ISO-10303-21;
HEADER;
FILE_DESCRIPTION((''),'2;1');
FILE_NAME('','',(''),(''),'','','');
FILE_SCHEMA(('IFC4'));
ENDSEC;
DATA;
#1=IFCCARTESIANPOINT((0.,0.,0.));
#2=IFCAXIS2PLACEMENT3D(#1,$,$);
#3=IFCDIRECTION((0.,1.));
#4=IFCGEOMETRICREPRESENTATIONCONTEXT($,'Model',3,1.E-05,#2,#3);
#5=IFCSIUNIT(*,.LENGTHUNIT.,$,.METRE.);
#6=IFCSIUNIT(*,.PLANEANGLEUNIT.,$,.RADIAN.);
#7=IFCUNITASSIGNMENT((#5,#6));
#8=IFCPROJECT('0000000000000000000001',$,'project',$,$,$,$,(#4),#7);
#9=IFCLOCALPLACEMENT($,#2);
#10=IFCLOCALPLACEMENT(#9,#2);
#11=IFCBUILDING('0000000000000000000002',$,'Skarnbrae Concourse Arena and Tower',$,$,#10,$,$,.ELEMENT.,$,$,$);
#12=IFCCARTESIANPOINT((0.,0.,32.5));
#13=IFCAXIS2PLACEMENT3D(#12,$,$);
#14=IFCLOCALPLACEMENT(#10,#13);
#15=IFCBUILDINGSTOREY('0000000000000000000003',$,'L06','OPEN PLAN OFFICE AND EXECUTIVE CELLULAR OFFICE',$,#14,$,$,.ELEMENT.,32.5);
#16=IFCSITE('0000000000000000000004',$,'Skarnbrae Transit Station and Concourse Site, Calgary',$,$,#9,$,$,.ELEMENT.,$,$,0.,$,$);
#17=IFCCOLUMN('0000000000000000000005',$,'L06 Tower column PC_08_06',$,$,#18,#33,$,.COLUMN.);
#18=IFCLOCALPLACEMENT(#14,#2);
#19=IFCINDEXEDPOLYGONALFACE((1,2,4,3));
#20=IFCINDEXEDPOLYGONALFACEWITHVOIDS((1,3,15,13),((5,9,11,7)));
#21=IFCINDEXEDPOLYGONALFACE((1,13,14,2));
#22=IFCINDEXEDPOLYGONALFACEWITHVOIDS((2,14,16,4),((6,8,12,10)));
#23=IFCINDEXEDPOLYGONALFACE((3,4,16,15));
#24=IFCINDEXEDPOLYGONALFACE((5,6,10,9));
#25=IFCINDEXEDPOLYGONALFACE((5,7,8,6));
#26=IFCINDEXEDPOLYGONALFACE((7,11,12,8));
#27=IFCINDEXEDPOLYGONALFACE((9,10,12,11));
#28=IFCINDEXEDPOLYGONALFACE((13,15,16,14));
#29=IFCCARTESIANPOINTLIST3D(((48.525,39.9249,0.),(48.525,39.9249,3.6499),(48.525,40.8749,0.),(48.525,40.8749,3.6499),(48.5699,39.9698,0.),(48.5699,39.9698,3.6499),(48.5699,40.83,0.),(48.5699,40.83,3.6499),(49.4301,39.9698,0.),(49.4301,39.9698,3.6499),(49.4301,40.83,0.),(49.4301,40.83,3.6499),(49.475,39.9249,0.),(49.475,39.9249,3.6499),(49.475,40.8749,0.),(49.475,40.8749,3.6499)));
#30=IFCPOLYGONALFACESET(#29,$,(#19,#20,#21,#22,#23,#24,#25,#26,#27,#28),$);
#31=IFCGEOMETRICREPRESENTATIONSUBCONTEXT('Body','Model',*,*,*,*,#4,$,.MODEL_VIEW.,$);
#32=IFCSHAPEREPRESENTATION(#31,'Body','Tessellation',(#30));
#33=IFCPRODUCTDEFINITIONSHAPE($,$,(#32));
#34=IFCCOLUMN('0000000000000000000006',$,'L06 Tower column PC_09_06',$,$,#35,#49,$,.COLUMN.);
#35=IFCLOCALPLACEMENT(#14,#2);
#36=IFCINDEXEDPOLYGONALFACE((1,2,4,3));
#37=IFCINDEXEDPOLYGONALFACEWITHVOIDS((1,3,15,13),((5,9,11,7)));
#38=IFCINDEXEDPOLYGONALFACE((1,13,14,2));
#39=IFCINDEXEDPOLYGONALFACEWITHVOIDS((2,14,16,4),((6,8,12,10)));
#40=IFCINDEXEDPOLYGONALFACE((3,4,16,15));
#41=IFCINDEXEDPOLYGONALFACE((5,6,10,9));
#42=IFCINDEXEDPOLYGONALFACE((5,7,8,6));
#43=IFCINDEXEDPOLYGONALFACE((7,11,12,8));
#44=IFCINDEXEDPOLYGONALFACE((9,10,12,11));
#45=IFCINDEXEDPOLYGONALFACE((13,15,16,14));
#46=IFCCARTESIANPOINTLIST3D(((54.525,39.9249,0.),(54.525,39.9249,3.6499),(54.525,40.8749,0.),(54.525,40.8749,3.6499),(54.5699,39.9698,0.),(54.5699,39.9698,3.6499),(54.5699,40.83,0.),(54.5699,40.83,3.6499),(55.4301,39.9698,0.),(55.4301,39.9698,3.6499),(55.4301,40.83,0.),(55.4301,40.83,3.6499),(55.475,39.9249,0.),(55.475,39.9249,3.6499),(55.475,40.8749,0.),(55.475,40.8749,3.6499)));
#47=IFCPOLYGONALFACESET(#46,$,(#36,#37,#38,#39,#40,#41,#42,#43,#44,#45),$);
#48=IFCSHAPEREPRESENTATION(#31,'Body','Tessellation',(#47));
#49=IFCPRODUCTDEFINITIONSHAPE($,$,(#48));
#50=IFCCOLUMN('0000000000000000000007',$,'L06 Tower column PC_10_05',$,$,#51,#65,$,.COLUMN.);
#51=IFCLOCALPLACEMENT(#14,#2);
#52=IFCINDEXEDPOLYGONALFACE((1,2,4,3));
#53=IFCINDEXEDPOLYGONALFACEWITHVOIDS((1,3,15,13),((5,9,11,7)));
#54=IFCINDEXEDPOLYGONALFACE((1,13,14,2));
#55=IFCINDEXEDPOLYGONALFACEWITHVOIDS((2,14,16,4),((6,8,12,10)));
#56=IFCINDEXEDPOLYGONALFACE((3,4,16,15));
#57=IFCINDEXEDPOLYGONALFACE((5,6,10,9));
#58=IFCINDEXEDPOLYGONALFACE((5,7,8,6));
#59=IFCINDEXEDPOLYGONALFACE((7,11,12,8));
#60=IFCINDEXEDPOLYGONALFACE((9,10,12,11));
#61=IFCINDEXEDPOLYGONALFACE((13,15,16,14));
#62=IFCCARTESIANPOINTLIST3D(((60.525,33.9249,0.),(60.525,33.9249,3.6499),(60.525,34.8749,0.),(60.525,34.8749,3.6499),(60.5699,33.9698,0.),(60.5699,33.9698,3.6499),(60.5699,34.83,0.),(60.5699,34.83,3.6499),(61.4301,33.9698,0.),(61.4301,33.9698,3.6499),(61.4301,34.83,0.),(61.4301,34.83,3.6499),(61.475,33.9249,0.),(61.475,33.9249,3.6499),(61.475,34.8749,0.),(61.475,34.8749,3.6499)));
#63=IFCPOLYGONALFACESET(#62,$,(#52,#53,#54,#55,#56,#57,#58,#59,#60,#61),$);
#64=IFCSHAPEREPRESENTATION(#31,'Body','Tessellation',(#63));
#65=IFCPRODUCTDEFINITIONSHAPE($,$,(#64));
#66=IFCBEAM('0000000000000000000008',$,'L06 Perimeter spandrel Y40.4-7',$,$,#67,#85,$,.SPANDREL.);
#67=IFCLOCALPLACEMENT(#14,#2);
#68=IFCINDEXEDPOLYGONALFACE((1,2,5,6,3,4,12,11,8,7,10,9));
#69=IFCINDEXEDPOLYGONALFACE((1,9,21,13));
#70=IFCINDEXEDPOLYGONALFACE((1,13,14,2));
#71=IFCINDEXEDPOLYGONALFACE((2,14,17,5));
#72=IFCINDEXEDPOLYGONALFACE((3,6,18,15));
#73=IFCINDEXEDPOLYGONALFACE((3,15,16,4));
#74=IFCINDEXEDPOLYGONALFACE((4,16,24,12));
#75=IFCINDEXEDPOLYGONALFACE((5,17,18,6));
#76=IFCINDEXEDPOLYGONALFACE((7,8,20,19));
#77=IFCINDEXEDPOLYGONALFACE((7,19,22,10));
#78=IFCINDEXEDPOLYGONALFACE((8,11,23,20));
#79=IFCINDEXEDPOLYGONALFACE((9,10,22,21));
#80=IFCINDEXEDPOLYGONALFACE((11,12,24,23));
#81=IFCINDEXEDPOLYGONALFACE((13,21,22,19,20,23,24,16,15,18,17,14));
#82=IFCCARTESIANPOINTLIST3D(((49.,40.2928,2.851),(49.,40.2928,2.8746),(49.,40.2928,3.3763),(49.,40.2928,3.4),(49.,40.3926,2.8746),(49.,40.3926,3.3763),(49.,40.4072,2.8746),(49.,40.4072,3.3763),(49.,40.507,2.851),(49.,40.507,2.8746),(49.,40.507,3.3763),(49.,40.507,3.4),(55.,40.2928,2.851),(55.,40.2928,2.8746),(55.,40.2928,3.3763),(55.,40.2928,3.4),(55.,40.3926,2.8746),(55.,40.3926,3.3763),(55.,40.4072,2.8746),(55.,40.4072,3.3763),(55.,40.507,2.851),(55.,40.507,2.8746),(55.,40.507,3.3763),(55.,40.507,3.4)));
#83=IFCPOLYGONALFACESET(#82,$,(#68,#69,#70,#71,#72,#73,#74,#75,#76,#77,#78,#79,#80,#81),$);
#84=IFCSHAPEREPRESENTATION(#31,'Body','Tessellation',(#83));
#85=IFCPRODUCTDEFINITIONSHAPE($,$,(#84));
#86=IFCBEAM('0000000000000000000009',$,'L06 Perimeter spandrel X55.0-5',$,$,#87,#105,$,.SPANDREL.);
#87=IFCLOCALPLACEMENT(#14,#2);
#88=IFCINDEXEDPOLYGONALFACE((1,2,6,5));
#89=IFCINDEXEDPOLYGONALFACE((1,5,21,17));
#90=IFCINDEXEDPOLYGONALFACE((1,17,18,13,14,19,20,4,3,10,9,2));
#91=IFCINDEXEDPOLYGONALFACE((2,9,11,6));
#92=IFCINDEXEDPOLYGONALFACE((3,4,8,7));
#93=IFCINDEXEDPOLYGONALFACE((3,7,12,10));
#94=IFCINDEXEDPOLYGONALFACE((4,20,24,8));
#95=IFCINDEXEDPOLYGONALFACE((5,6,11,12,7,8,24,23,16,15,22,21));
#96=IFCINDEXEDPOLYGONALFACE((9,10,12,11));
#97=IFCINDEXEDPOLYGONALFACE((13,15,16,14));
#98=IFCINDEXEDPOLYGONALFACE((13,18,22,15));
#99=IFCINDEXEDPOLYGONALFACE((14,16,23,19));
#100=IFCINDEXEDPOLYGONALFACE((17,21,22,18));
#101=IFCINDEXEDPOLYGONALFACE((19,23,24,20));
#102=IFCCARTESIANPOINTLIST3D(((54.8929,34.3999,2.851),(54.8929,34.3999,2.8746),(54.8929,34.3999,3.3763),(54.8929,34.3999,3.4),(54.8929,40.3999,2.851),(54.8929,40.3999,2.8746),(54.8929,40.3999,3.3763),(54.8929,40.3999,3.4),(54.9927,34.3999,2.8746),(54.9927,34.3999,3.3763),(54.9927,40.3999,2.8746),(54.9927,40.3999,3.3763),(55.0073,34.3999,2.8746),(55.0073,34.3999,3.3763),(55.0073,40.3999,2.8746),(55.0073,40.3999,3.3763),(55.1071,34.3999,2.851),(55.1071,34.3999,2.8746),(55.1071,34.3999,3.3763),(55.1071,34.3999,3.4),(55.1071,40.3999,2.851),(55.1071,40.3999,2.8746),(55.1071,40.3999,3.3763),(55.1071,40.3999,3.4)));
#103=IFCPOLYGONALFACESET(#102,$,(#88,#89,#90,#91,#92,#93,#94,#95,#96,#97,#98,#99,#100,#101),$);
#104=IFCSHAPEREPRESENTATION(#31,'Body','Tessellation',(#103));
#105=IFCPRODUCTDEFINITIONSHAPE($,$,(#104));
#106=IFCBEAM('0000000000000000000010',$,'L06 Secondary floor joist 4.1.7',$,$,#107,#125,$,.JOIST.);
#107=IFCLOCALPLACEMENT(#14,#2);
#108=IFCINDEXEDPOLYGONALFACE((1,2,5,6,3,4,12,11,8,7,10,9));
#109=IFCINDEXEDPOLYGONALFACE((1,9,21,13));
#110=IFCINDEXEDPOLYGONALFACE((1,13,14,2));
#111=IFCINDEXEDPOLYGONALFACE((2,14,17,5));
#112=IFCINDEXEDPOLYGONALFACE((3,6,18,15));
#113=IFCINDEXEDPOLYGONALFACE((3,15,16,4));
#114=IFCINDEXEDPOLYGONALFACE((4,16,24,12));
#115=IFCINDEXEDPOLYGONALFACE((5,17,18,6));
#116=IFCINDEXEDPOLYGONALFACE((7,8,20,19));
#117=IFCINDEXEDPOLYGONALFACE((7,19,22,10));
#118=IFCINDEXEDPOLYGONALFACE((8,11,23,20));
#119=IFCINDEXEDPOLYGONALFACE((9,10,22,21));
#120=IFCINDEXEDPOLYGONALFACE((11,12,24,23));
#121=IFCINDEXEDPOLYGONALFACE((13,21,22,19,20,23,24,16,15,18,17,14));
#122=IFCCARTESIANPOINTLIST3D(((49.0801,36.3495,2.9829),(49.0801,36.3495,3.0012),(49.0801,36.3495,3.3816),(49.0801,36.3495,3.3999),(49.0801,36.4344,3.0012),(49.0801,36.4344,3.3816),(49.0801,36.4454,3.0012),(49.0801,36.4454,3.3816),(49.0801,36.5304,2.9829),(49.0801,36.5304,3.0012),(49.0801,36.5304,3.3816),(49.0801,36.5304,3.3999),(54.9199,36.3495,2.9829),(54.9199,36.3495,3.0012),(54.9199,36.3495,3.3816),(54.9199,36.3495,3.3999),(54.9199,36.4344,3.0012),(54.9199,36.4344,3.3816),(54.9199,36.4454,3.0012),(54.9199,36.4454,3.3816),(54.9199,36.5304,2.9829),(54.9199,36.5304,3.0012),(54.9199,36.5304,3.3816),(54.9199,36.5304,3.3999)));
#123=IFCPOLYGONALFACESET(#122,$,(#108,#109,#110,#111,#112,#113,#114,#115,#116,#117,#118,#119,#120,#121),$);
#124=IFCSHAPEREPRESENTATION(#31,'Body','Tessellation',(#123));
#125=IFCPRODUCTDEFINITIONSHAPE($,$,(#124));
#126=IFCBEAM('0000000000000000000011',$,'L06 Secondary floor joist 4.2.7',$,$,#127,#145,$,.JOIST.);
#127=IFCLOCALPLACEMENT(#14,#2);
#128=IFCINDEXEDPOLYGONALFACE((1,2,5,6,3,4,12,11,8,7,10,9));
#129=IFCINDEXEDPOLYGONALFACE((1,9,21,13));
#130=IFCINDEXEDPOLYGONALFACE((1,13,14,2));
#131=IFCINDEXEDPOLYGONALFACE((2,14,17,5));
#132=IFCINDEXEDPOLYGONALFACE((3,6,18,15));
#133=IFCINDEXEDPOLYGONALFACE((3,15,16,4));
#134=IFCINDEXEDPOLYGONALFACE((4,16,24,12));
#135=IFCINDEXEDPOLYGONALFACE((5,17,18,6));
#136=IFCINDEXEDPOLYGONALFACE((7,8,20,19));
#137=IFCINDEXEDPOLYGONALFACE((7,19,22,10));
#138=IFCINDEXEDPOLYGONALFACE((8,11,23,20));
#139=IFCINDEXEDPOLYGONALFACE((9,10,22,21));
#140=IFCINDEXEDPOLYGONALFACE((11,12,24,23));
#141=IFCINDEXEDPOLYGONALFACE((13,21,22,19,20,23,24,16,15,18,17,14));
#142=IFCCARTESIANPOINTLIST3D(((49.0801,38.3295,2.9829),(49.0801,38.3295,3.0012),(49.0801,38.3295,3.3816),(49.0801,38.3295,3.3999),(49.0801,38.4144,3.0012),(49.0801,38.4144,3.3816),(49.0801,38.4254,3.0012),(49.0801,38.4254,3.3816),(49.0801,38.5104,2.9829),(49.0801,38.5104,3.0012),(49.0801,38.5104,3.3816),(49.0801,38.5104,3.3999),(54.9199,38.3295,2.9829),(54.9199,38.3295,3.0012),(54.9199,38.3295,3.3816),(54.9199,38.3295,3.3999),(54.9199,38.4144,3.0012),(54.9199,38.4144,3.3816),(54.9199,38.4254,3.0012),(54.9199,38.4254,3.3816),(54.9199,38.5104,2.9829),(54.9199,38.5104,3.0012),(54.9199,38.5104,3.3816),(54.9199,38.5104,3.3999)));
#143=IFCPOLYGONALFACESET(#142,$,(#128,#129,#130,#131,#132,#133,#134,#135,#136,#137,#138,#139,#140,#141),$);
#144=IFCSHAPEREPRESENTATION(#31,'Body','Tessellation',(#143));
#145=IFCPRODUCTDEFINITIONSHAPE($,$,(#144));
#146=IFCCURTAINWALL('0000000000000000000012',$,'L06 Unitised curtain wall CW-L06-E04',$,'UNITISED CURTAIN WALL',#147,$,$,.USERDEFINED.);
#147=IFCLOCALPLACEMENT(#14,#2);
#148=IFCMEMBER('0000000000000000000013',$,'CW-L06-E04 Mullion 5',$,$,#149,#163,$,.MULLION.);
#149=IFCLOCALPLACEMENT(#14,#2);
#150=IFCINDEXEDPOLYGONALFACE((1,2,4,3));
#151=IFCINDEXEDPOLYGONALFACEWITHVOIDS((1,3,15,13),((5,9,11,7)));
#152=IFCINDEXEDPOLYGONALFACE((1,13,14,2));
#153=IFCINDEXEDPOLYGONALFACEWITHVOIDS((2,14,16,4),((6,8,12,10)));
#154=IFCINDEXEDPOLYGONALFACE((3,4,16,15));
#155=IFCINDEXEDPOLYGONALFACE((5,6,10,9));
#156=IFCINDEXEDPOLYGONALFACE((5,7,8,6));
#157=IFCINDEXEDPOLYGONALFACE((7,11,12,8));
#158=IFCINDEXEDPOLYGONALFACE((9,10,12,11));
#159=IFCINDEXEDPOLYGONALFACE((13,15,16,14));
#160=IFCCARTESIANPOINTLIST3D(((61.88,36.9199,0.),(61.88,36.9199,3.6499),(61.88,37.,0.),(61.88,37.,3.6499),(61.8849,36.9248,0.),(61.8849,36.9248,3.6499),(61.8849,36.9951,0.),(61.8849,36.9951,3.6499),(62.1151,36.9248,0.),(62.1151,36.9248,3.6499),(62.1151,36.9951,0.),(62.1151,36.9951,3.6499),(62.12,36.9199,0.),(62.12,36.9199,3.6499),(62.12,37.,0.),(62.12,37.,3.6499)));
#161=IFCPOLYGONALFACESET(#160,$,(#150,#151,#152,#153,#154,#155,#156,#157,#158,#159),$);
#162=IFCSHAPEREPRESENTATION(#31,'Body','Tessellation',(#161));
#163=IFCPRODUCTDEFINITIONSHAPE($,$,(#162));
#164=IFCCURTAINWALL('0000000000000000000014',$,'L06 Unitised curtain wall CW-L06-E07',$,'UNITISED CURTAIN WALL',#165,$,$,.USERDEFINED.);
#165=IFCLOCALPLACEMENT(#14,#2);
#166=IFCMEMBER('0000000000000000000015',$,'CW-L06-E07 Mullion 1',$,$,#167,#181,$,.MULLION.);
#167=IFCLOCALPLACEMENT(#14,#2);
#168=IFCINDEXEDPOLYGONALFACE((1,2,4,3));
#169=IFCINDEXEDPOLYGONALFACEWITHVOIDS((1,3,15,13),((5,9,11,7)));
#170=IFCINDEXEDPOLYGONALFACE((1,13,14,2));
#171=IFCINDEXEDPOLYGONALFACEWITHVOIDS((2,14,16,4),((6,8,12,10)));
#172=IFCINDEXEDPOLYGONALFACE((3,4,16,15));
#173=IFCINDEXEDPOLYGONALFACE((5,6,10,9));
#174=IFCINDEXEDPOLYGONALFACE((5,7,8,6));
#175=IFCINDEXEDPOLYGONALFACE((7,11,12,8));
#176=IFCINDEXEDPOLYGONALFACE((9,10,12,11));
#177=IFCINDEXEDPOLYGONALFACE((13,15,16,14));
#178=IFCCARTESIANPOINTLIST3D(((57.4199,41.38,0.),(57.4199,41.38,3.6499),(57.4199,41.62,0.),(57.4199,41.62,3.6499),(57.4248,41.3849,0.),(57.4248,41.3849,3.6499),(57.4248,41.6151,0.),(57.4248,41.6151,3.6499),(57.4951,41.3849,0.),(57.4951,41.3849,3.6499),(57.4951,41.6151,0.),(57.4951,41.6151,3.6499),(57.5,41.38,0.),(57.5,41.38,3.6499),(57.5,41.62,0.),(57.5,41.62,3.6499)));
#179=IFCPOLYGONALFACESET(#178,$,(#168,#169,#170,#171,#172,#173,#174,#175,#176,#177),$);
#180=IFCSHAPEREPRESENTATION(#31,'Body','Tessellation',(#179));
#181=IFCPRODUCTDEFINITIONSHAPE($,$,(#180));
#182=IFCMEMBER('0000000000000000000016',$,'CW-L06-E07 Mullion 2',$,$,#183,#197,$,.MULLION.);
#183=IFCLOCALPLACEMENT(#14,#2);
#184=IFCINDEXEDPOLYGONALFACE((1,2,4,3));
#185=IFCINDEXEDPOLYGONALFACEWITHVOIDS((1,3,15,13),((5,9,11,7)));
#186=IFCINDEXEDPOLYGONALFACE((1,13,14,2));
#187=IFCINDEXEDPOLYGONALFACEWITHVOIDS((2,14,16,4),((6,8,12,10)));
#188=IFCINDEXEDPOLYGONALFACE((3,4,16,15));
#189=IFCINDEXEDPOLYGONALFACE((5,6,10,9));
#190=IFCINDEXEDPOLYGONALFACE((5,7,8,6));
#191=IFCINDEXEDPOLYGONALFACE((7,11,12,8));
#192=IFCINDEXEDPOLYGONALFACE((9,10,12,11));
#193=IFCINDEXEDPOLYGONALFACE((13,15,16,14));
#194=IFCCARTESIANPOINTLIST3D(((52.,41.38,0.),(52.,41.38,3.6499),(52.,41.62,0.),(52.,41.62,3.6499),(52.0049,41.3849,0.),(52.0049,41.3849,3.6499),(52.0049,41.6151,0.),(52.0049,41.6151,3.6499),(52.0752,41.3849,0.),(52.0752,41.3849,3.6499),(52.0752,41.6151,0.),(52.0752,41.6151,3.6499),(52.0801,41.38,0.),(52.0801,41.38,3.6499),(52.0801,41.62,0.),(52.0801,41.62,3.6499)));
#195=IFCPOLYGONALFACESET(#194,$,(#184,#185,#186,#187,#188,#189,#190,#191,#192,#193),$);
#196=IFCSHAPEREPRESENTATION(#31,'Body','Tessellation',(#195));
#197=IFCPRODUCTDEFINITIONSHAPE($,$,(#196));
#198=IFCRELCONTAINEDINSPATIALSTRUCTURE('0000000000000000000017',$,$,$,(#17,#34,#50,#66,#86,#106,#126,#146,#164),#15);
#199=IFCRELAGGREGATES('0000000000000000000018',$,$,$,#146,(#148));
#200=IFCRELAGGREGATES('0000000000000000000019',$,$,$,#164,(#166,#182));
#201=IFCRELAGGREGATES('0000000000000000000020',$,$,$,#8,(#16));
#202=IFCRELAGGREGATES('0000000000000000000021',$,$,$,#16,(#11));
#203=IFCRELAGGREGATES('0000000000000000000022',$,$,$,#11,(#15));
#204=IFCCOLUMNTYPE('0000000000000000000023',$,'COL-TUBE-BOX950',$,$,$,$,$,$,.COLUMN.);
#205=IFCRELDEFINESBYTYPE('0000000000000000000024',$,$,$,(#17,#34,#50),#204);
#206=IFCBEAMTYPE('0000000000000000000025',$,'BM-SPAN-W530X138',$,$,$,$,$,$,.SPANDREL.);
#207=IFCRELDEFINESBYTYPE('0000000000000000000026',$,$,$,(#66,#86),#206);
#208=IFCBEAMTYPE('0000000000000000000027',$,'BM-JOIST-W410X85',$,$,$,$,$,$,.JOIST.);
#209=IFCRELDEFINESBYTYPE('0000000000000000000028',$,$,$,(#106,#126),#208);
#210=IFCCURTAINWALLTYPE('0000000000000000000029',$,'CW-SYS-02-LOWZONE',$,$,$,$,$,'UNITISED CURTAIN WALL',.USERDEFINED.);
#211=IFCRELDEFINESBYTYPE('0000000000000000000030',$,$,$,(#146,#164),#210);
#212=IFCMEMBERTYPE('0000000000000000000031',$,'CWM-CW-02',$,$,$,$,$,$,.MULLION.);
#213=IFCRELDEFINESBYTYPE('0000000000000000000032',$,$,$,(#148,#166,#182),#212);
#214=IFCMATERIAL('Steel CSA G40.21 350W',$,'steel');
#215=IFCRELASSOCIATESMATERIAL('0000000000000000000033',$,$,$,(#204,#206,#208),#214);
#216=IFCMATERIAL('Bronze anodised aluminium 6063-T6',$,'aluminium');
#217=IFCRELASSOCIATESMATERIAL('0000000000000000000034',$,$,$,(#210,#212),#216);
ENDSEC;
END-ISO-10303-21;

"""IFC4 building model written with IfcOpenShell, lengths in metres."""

from ifc_helpers import new_model, si_unit, direction, frame, origin, origin_2d, place, context, subcontext, project, spatial, hollow_rectangle, i_section, extrude, source, transform, mapped, material, material_profile, profile_set, type_object, element, aggregate, save


model = new_model("IFC4")

# Units and contexts
model_context = context("Model", 3, precision=1e-05, world=origin(), true_north=direction((0.0, 1.0)))
body_context = subcontext(model_context, "Body", "Model", "MODEL_VIEW")
ifc_project = project(units=[si_unit("LENGTHUNIT", "METRE"), si_unit("PLANEANGLEUNIT", "RADIAN")], contexts=[model_context])

# Site, building, storey
site_placement = place(None, origin())
site = spatial("IfcSite", under=ifc_project, at=site_placement, Name="Skarnbrae Transit Station and Concourse Site, Calgary", CompositionType="ELEMENT", RefElevation=0.0)
building_placement = place(site_placement, origin())
building = spatial("IfcBuilding", under=site, at=building_placement, Name="Skarnbrae Concourse Arena and Tower", CompositionType="ELEMENT")
storey_placement = place(building_placement, frame((0.0, 0.0, 32.5)))
storey = spatial("IfcBuildingStorey", under=building, at=storey_placement, Name="L06", Description="OPEN PLAN OFFICE AND EXECUTIVE CELLULAR OFFICE", CompositionType="ELEMENT", Elevation=32.5)

# Columns
ifc_material_1 = material(Name="Steel CSA G40.21 350W", Category="steel")
ifc_material_profile_1 = material_profile(ifc_material_1, hollow_rectangle(XDim=0.95, YDim=0.95, WallThickness=0.0449, at=origin_2d()), Name="BOX950X950X45")
ifc_profile_set_1 = profile_set([ifc_material_profile_1], Name="Steel CSA G40.21 350W")
column_type = type_object("IfcColumnType", Name="COL-TUBE-BOX950", PredefinedType="COLUMN", material=ifc_profile_set_1)
shared_shape_1 = source(origin(), body_context, "Body", "SweptSolid", [
    extrude(hollow_rectangle(XDim=0.95, YDim=0.95, WallThickness=0.0449, at=origin_2d()), origin(), (0.0, 0.0, 1.0), 3.6499),
])
for number, where, z_axis, x_axis, name in (
    (1, (49.0, 40.3999, 0.0), (0.0, 0.0, 1.0), (1.0, 0.0, 0.0), "L06 Tower column PC_08_06"),
    (2, (55.0, 40.3999, 0.0), (0.0, 0.0, 1.0), (1.0, 0.0, 0.0), "L06 Tower column PC_09_06"),
    (3, (61.0, 34.3999, 0.0), (0.0, 0.0, 1.0), (1.0, 0.0, 0.0), "L06 Tower column PC_10_05"),
):
    element("IfcColumn", number, at=place(storey_placement, frame(where, z_axis=z_axis, x_axis=x_axis)), inside=storey, type_object=column_type, Name=name, PredefinedType="COLUMN", context=body_context, shape_type="MappedRepresentation", body=[
        mapped(shared_shape_1, transform((0.0, 0.0, 0.0))),
    ])

# Beams
ifc_material_profile_2 = material_profile(ifc_material_1, i_section(OverallWidth=0.2141, OverallDepth=0.5491, WebThickness=0.0146, FlangeThickness=0.0237, at=origin_2d()), Name="W530X138")
ifc_profile_set_2 = profile_set([ifc_material_profile_2], Name="Steel CSA G40.21 350W")
beam_type_1 = type_object("IfcBeamType", Name="BM-SPAN-W530X138", PredefinedType="SPANDREL", material=ifc_profile_set_2)
shared_shape_2 = source(origin(), body_context, "Body", "SweptSolid", [
    extrude(i_section(OverallWidth=0.2141, OverallDepth=0.5491, WebThickness=0.0146, FlangeThickness=0.0237, at=origin_2d()), origin(), (0.0, 0.0, 1.0), 6.0),
])
for number, where, z_axis, x_axis, name in (
    (4, (49.0, 40.3999, 3.1255), (1.0, 0.0, 0.0), (0.0, 1.0, 0.0), "L06 Perimeter spandrel Y40.4-7"),
    (5, (55.0, 34.3999, 3.1255), (0.0, 1.0, 0.0), (-1.0, 0.0, 0.0), "L06 Perimeter spandrel X55.0-5"),
):
    element("IfcBeam", number, at=place(storey_placement, frame(where, z_axis=z_axis, x_axis=x_axis)), inside=storey, type_object=beam_type_1, Name=name, PredefinedType="SPANDREL", context=body_context, shape_type="MappedRepresentation", body=[
        mapped(shared_shape_2, transform((0.0, 0.0, 0.0))),
    ])
ifc_material_profile_3 = material_profile(ifc_material_1, i_section(OverallWidth=0.1809, OverallDepth=0.417, WebThickness=0.011, FlangeThickness=0.0183, at=origin_2d()), Name="W410X85")
ifc_profile_set_3 = profile_set([ifc_material_profile_3], Name="Steel CSA G40.21 350W")
beam_type_2 = type_object("IfcBeamType", Name="BM-JOIST-W410X85", PredefinedType="JOIST", material=ifc_profile_set_3)
shared_shape_3 = source(origin(), body_context, "Body", "SweptSolid", [
    extrude(i_section(OverallWidth=0.1809, OverallDepth=0.417, WebThickness=0.011, FlangeThickness=0.0183, at=origin_2d()), origin(), (0.0, 0.0, 1.0), 5.8398),
])
for number, where, z_axis, x_axis, name in (
    (6, (49.0801, 36.4399, 3.1914), (1.0, 0.0, 0.0), (0.0, 1.0, 0.0), "L06 Secondary floor joist 4.1.7"),
    (7, (49.0801, 38.4199, 3.1914), (1.0, 0.0, 0.0), (0.0, 1.0, 0.0), "L06 Secondary floor joist 4.2.7"),
):
    element("IfcBeam", number, at=place(storey_placement, frame(where, z_axis=z_axis, x_axis=x_axis)), inside=storey, type_object=beam_type_2, Name=name, PredefinedType="JOIST", context=body_context, shape_type="MappedRepresentation", body=[
        mapped(shared_shape_3, transform((0.0, 0.0, 0.0))),
    ])

# Curtain wall, member
ifc_material_2 = material(Name="Bronze anodised aluminium 6063-T6", Category="aluminium")
curtain_wall_type = type_object("IfcCurtainWallType", Name="CW-SYS-02-LOWZONE", ElementType="UNITISED CURTAIN WALL", PredefinedType="USERDEFINED", material=ifc_material_2)
curtain_wall_1_placement = place(storey_placement, origin())
curtain_wall_1 = element("IfcCurtainWall", 8, at=curtain_wall_1_placement, inside=storey, type_object=curtain_wall_type, Name="L06 Unitised curtain wall CW-L06-E04", ObjectType="UNITISED CURTAIN WALL", PredefinedType="USERDEFINED")
ifc_material_profile_4 = material_profile(ifc_material_2, hollow_rectangle(XDim=0.0801, YDim=0.24, WallThickness=0.0049, at=origin_2d()), Name="ALU-MULL-80X240")
ifc_profile_set_4 = profile_set([ifc_material_profile_4], Name="Bronze anodised aluminium 6063-T6")
member_type_1 = type_object("IfcMemberType", Name="CWM-CW-02", PredefinedType="MULLION", material=ifc_profile_set_4)
shared_shape_4 = source(origin(), body_context, "Body", "SweptSolid", [
    extrude(hollow_rectangle(XDim=0.0801, YDim=0.24, WallThickness=0.0049, at=origin_2d()), origin(), (0.0, 0.0, 1.0), 3.6499),
])
member_1_placement = place(storey_placement, frame((62.0, 36.96, 0.0), z_axis=(0.0, 0.0, 1.0), x_axis=(0.0, 1.0, 0.0)))
member_1 = element("IfcMember", 9, at=member_1_placement, type_object=member_type_1, Name="CW-L06-E04 Mullion 5", PredefinedType="MULLION", context=body_context, shape_type="MappedRepresentation", body=[
    mapped(shared_shape_4, transform((0.0, 0.0, 0.0))),
])
aggregate(curtain_wall_1, [member_1])

# Curtain wall, members
curtain_wall_2_placement = place(storey_placement, origin())
curtain_wall_2 = element("IfcCurtainWall", 10, at=curtain_wall_2_placement, inside=storey, type_object=curtain_wall_type, Name="L06 Unitised curtain wall CW-L06-E07", ObjectType="UNITISED CURTAIN WALL", PredefinedType="USERDEFINED")
member_2_placement = place(storey_placement, frame((57.46, 41.5, 0.0), z_axis=(0.0, 0.0, 1.0), x_axis=(-1.0, 0.0, 0.0)))
member_2 = element("IfcMember", 11, at=member_2_placement, type_object=member_type_1, Name="CW-L06-E07 Mullion 1", PredefinedType="MULLION", context=body_context, shape_type="MappedRepresentation", body=[
    mapped(shared_shape_4, transform((0.0, 0.0, 0.0))),
])
member_3_placement = place(storey_placement, frame((52.04, 41.5, 0.0), z_axis=(0.0, 0.0, 1.0), x_axis=(-1.0, 0.0, 0.0)))
member_3 = element("IfcMember", 12, at=member_3_placement, type_object=member_type_1, Name="CW-L06-E07 Mullion 2", PredefinedType="MULLION", context=body_context, shape_type="MappedRepresentation", body=[
    mapped(shared_shape_4, transform((0.0, 0.0, 0.0))),
])

aggregate(curtain_wall_2, [member_2, member_3])

save(model, "model.ifc")
